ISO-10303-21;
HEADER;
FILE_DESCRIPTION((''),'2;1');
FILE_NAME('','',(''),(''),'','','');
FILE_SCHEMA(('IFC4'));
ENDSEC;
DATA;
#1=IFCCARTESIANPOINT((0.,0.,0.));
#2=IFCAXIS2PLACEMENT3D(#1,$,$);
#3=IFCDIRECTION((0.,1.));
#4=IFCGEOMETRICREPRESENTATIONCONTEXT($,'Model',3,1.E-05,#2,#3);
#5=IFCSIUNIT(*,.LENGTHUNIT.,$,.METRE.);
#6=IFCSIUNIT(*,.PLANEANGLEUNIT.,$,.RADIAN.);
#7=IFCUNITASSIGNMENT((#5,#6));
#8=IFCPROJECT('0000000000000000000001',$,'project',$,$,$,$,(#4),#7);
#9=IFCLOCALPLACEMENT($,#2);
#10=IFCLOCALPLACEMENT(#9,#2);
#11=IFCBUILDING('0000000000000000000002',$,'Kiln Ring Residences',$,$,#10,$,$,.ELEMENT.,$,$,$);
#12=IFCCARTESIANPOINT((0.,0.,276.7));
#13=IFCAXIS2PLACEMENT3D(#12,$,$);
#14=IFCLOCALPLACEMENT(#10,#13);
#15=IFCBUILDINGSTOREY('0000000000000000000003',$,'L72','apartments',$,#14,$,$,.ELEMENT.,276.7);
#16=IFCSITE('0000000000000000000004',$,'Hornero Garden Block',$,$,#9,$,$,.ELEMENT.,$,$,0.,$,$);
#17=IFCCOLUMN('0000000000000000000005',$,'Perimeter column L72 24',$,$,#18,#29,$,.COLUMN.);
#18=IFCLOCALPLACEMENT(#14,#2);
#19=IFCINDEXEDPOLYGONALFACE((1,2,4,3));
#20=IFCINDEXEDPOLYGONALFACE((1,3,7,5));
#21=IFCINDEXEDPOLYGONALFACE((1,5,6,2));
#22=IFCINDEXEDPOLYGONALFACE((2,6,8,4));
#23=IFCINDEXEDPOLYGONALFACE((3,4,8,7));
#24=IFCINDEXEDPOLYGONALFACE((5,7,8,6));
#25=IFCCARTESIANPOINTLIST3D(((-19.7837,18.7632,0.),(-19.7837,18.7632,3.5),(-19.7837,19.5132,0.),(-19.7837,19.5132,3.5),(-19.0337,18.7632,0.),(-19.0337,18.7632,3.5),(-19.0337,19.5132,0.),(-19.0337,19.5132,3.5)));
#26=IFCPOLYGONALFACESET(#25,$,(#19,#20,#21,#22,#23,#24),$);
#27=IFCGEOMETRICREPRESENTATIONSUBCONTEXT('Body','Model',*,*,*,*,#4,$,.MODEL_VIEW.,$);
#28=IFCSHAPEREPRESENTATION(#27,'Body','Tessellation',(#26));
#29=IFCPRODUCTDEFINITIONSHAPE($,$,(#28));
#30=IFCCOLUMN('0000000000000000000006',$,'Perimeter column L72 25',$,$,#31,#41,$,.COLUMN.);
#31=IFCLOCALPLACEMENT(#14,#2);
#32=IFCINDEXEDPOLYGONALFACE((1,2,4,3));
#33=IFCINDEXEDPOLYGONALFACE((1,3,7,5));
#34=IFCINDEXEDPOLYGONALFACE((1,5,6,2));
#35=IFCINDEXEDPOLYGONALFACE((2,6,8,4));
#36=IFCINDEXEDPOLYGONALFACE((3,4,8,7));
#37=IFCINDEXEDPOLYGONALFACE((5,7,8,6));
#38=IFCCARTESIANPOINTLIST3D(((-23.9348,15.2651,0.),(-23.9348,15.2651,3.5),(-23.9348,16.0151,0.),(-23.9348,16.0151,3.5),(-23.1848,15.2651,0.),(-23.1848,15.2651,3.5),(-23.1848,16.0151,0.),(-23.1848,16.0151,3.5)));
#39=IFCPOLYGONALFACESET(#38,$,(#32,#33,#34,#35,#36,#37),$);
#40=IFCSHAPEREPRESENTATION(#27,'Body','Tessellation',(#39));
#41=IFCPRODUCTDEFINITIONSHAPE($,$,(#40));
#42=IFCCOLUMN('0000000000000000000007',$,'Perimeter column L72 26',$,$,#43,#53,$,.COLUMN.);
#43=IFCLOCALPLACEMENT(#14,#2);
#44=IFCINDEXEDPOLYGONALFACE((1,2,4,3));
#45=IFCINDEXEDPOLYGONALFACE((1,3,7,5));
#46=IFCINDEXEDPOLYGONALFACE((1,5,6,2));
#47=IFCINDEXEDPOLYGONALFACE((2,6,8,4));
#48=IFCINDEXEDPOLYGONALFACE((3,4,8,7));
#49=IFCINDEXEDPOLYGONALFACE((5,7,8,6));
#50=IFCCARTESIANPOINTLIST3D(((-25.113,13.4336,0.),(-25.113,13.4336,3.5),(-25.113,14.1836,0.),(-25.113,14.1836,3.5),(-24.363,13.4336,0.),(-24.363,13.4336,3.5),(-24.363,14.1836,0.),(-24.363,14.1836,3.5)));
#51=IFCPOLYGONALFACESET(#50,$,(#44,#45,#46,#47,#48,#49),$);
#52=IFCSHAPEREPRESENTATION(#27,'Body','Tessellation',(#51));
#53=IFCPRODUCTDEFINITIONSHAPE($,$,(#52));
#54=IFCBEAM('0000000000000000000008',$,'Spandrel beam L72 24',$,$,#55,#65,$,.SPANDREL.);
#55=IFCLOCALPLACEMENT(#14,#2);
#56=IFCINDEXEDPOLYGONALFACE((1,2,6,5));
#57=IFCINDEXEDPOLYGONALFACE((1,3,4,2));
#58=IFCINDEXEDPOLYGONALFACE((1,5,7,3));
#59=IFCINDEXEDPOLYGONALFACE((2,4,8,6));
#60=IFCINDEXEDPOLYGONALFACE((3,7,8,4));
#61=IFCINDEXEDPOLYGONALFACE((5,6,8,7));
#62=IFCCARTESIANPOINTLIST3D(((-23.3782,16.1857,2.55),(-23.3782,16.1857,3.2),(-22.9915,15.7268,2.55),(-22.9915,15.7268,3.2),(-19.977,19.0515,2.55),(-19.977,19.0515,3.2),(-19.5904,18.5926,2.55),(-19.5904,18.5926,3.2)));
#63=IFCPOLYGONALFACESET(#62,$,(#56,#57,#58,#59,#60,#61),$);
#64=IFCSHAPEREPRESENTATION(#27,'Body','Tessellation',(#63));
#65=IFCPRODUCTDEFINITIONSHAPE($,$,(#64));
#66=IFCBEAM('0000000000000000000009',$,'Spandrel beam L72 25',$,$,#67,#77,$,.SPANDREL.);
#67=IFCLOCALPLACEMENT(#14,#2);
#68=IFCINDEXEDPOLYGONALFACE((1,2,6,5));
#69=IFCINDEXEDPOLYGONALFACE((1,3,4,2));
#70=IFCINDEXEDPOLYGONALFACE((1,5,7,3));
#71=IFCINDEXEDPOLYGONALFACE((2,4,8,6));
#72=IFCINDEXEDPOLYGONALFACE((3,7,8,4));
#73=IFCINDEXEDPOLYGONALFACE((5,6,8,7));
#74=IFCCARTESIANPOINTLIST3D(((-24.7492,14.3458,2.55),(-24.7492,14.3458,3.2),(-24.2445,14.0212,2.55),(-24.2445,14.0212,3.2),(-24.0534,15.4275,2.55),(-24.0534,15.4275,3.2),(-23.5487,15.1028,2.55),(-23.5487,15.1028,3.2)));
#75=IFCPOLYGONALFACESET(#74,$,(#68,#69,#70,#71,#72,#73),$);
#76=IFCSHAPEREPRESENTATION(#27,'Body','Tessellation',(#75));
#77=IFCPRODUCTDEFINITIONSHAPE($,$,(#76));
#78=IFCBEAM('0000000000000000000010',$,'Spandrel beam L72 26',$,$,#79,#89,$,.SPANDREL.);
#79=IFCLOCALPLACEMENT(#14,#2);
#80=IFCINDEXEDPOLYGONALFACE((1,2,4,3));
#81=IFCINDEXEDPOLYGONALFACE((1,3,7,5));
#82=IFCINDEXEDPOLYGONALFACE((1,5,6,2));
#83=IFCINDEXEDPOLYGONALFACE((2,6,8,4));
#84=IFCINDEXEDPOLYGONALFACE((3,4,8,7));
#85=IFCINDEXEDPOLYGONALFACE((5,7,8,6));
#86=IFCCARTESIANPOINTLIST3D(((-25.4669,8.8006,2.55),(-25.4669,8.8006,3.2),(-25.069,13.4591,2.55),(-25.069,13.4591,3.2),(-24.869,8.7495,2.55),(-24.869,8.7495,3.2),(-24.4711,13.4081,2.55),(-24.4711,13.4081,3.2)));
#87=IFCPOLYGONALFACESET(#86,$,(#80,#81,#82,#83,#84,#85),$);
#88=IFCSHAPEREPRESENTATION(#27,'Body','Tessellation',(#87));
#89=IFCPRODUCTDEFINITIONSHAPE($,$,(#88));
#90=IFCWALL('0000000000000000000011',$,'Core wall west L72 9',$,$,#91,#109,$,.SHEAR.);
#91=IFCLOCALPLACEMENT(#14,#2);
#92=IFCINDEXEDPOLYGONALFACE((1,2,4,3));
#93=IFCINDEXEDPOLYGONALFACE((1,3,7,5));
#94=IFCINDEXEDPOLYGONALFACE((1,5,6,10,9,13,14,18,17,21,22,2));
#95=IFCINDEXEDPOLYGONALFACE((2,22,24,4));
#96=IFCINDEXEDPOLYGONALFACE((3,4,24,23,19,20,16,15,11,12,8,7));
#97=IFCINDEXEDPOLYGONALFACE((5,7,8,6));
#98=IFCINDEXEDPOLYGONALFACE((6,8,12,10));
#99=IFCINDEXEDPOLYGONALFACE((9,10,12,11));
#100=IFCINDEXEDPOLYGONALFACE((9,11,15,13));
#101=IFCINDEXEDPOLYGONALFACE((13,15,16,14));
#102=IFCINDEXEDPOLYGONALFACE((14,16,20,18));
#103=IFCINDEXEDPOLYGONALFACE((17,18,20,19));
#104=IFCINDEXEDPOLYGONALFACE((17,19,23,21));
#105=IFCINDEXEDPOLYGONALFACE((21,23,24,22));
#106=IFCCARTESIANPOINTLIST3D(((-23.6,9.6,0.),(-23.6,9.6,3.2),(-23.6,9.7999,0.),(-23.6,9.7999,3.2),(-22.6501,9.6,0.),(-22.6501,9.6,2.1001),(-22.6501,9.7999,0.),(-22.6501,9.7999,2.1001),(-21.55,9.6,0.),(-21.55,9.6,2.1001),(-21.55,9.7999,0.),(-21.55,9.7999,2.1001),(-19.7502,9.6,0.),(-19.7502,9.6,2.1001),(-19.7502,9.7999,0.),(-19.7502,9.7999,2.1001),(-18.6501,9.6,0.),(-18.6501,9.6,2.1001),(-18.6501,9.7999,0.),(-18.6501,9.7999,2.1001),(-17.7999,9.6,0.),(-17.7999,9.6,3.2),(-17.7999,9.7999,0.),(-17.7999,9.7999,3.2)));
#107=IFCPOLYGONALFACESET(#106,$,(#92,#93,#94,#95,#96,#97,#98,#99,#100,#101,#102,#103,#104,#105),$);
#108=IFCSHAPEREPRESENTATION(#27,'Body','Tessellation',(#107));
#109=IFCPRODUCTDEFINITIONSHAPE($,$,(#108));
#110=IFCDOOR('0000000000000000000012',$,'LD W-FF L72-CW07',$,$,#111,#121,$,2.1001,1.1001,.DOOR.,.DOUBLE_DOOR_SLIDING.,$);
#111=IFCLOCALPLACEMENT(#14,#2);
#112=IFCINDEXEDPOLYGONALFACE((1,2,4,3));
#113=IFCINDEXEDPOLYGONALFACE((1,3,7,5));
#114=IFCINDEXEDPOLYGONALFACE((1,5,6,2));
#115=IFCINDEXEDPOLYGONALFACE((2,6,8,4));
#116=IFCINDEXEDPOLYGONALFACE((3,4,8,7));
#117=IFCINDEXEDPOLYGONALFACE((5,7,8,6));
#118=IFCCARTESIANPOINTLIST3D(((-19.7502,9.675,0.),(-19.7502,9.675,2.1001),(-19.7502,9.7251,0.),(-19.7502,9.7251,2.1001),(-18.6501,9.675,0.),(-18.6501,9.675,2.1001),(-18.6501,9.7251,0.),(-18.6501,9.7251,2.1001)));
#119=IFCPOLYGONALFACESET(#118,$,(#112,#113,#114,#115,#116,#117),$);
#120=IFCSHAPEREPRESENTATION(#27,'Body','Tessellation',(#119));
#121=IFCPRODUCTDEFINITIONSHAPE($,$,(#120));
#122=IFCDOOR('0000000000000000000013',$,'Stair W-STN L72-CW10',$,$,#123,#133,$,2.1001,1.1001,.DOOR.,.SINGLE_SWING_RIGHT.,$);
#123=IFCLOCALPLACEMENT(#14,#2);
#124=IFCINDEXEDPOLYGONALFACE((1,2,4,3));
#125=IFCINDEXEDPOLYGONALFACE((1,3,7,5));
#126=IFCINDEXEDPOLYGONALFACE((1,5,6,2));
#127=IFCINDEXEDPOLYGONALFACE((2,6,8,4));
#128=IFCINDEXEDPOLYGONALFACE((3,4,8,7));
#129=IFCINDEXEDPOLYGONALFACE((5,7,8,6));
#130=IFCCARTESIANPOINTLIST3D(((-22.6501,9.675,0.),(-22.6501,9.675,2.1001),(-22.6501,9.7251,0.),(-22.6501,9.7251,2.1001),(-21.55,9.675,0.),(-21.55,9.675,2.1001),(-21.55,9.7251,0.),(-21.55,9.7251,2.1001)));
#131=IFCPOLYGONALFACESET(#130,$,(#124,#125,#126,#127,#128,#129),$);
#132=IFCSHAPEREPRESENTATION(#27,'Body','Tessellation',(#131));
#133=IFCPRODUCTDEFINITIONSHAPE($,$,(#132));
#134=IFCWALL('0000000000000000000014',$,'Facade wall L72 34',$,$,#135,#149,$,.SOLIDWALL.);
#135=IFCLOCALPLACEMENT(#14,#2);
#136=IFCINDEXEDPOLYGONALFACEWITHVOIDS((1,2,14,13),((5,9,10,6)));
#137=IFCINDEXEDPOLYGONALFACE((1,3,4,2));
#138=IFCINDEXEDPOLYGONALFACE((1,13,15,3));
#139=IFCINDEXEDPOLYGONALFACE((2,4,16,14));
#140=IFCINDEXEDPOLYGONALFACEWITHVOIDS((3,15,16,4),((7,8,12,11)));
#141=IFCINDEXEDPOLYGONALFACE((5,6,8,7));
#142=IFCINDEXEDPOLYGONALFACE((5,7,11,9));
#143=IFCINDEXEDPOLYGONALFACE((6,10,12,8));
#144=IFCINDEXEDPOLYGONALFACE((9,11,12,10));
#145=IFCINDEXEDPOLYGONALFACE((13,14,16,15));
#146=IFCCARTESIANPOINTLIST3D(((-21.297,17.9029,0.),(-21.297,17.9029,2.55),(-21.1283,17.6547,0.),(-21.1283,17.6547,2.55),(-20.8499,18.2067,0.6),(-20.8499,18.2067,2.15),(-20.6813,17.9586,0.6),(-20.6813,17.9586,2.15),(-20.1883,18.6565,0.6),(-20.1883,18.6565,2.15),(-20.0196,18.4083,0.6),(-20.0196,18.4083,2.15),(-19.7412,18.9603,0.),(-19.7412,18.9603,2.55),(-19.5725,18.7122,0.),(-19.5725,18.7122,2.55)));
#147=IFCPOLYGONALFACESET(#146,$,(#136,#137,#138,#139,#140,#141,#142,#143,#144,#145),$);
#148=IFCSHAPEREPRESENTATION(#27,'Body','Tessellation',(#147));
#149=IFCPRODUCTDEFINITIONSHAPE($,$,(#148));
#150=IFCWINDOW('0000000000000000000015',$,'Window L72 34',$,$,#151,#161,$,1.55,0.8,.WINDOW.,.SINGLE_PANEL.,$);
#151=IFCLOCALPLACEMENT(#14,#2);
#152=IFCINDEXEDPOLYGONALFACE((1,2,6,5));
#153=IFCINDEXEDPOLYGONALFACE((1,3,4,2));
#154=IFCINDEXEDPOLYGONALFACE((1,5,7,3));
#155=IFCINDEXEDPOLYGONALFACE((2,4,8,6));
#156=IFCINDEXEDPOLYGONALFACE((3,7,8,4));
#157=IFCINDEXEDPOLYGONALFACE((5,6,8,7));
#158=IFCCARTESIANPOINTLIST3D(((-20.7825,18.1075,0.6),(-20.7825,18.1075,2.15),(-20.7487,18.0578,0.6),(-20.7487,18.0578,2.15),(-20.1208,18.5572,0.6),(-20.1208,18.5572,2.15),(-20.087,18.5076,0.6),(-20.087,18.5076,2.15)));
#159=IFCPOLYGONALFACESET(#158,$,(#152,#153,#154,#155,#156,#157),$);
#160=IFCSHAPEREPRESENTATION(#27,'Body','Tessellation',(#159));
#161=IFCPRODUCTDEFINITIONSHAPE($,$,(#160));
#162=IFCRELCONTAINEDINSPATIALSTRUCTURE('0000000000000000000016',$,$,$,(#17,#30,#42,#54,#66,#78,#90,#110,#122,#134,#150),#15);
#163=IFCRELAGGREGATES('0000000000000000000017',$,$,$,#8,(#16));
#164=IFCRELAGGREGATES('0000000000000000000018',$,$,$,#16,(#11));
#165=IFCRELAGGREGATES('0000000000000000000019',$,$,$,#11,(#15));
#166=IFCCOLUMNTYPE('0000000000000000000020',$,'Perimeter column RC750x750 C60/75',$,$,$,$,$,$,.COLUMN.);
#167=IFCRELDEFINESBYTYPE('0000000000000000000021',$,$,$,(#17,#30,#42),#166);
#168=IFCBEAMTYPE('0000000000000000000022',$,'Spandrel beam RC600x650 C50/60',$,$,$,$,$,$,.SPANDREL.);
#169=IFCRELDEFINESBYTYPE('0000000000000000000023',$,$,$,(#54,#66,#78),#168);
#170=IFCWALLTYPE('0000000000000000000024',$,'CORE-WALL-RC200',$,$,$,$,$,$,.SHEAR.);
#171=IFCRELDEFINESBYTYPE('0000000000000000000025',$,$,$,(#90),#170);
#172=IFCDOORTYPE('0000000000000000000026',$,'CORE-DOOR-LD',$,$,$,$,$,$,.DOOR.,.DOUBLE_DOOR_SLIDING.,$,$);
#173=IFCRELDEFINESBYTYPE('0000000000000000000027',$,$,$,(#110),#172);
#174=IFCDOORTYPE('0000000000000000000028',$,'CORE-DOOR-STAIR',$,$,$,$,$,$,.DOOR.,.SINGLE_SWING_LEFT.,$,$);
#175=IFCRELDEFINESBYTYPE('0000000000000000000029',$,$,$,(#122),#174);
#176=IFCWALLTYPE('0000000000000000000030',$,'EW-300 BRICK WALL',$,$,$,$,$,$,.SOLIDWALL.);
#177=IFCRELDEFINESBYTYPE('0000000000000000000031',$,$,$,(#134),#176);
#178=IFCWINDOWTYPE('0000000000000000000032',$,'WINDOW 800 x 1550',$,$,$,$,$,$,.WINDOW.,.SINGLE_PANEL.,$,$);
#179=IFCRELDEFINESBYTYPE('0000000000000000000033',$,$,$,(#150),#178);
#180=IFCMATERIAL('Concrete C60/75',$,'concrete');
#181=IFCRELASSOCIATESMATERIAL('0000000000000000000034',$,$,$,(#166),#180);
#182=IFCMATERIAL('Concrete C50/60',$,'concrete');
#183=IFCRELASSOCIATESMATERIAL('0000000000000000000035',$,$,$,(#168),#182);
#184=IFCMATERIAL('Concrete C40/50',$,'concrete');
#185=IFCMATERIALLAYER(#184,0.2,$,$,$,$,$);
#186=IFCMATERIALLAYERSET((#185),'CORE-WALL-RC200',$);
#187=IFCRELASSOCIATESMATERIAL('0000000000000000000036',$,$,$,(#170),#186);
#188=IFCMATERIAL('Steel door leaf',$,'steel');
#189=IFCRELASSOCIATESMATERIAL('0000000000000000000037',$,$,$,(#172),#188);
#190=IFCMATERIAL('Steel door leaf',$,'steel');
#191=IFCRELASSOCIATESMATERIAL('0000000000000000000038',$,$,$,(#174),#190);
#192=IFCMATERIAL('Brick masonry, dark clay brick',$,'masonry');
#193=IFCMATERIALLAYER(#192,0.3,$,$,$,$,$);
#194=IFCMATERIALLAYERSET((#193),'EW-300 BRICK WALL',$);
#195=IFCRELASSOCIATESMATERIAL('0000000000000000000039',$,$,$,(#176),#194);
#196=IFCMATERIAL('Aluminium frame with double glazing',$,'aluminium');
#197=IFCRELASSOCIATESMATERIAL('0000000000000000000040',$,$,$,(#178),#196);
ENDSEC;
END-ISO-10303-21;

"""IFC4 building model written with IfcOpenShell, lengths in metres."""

from ifc_helpers import new_model, si_unit, direction, frame, frame_2d, origin, origin_2d, place, context, subcontext, project, spatial, rectangle, extrude, material, layer, layer_set, material_profile, profile_set, type_object, element, fill, save


model = new_model("IFC4")

# Units and contexts
model_context = context("Model", 3, precision=1e-05, world=origin(), true_north=direction((0.0, 1.0)))
body_context = subcontext(model_context, "Body", "Model", "MODEL_VIEW")
ifc_project = project(units=[si_unit("LENGTHUNIT", "METRE"), si_unit("PLANEANGLEUNIT", "RADIAN")], contexts=[model_context])

# Site, building, storey
site_placement = place(None, origin())
site = spatial("IfcSite", under=ifc_project, at=site_placement, Name="Hornero Garden Block", CompositionType="ELEMENT", RefElevation=0.0)
building_placement = place(site_placement, origin())
building = spatial("IfcBuilding", under=site, at=building_placement, Name="Kiln Ring Residences", CompositionType="ELEMENT")
storey_placement = place(building_placement, frame((0.0, 0.0, 276.7)))
storey = spatial("IfcBuildingStorey", under=building, at=storey_placement, Name="L72", Description="apartments", CompositionType="ELEMENT", Elevation=276.7)

# Columns
ifc_material_1 = material(Name="Concrete C60/75", Category="concrete")
ifc_material_profile_1 = material_profile(ifc_material_1, rectangle(XDim=0.75, YDim=0.75, at=origin_2d()), Name="RC750x750")
ifc_profile_set_1 = profile_set([ifc_material_profile_1], Name="Concrete C60/75")
column_type = type_object("IfcColumnType", Name="Perimeter column RC750x750 C60/75", PredefinedType="COLUMN", material=ifc_profile_set_1)
for number, where, z_axis, x_axis, name in (
    (1, (-19.4087, 19.1382, 0.0), (0.0, 0.0, 1.0), (1.0, 0.0, 0.0), "Perimeter column L72 24"),
    (2, (-23.5598, 15.6401, 0.0), (0.0, 0.0, 1.0), (1.0, 0.0, 0.0), "Perimeter column L72 25"),
    (3, (-24.738, 13.8086, 0.0), (0.0, 0.0, 1.0), (1.0, 0.0, 0.0), "Perimeter column L72 26"),
):
    element("IfcColumn", number, at=place(storey_placement, frame(where, z_axis=z_axis, x_axis=x_axis)), inside=storey, type_object=column_type, Name=name, PredefinedType="COLUMN", context=body_context, shape_type="SweptSolid", body=[
        extrude(rectangle(XDim=0.75, YDim=0.75, at=origin_2d()), origin(), (0.0, 0.0, 1.0), 3.5),
    ])

# Beams
ifc_material_2 = material(Name="Concrete C50/60", Category="concrete")
ifc_material_profile_2 = material_profile(ifc_material_2, rectangle(XDim=0.6001, YDim=0.6499, at=origin_2d()), Name="RC600x650")
ifc_profile_set_2 = profile_set([ifc_material_profile_2], Name="Concrete C50/60")
beam_type = type_object("IfcBeamType", Name="Spandrel beam RC600x650 C50/60", PredefinedType="SPANDREL", material=ifc_profile_set_2)
beam_1_placement = place(storey_placement, frame((-19.7837, 18.822, 2.875), z_axis=(-0.764732, -0.644349, 0.0), x_axis=(0.644349, -0.764732, 0.0)))
element("IfcBeam", 4, at=beam_1_placement, inside=storey, type_object=beam_type, Name="Spandrel beam L72 24", PredefinedType="SPANDREL", context=body_context, shape_type="SweptSolid", body=[
    extrude(rectangle(XDim=0.6001, YDim=0.6499, at=origin_2d()), origin(), (0.0, 0.0, 1.0), 4.4475),
])
beam_2_placement = place(storey_placement, frame((-23.801, 15.2651, 2.875), z_axis=(-0.541045, -0.840993, 0.0), x_axis=(0.840993, -0.541045, 0.0)))
element("IfcBeam", 5, at=beam_2_placement, inside=storey, type_object=beam_type, Name="Spandrel beam L72 25", PredefinedType="SPANDREL", context=body_context, shape_type="SweptSolid", body=[
    extrude(rectangle(XDim=0.6001, YDim=0.6499, at=origin_2d()), origin(), (0.0, 0.0, 1.0), 1.2861),
])
beam_3_placement = place(storey_placement, frame((-24.77, 13.4336, 2.875), z_axis=(-0.085111, -0.996371, 0.0), x_axis=(0.996371, -0.085111, 0.0)))
element("IfcBeam", 6, at=beam_3_placement, inside=storey, type_object=beam_type, Name="Spandrel beam L72 26", PredefinedType="SPANDREL", context=body_context, shape_type="SweptSolid", body=[
    extrude(rectangle(XDim=0.6001, YDim=0.6499, at=origin_2d()), origin(), (0.0, 0.0, 1.0), 4.6755),
])

# Wall, openings, doors
ifc_material_3 = material(Name="Concrete C40/50", Category="concrete")
ifc_layer_1 = layer(ifc_material_3, 0.2)
ifc_layer_set_1 = layer_set([ifc_layer_1], Name="CORE-WALL-RC200")
wall_type_1 = type_object("IfcWallType", Name="CORE-WALL-RC200", PredefinedType="SHEAR", material=ifc_layer_set_1)
wall_1_placement = place(storey_placement, frame((-17.8, 9.7, 0.0), z_axis=(0.0, 0.0, 1.0), x_axis=(-1.0, 0.0, 0.0)))
wall_1 = element("IfcWall", 7, at=wall_1_placement, inside=storey, type_object=wall_type_1, Name="Core wall west L72 9", PredefinedType="SHEAR", context=body_context, shape_type="SweptSolid", body=[
    extrude(rectangle(XDim=5.8, YDim=0.2, at=frame_2d((2.8999, 0.0))), origin(), (0.0, 0.0, 1.0), 3.2),
])
opening_1_placement = place(wall_1_placement, frame((0.8501, 0.0, 0.0)))
opening_1 = element("IfcOpeningElement", 8, at=opening_1_placement, cuts=wall_1, PredefinedType="OPENING", context=body_context, shape_type="SweptSolid", body=[
    extrude(rectangle(XDim=1.1001, YDim=2.1001, at=frame_2d((0.55, 1.05))), frame((0.0, 0.1099, 0.0), z_axis=(0.0, -1.0, 0.0), x_axis=(1.0, 0.0, 0.0)), (0.0, 0.0, 1.0), 0.22),
])
opening_2_placement = place(wall_1_placement, frame((3.75, 0.0, 0.0)))
opening_2 = element("IfcOpeningElement", 9, at=opening_2_placement, cuts=wall_1, PredefinedType="OPENING", context=body_context, shape_type="SweptSolid", body=[
    extrude(rectangle(XDim=1.1001, YDim=2.1001, at=frame_2d((0.55, 1.05))), frame((0.0, 0.1099, 0.0), z_axis=(0.0, -1.0, 0.0), x_axis=(1.0, 0.0, 0.0)), (0.0, 0.0, 1.0), 0.22),
])
ifc_material_4 = material(Name="Steel door leaf", Category="steel")
door_type_1 = type_object("IfcDoorType", Name="CORE-DOOR-LD", OperationType="DOUBLE_DOOR_SLIDING", PredefinedType="DOOR", material=ifc_material_4)
door_1_placement = place(opening_1_placement, origin())
door_1 = element("IfcDoor", 10, at=door_1_placement, inside=storey, type_object=door_type_1, Name="LD W-FF L72-CW07", OperationType="DOUBLE_DOOR_SLIDING", OverallHeight=2.1001, OverallWidth=1.1001, PredefinedType="DOOR", context=body_context, shape_type="SweptSolid", body=[
    extrude(rectangle(XDim=1.1001, YDim=2.1001, at=frame_2d((0.55, 1.05))), frame((0.0, 0.0249, 0.0), z_axis=(0.0, -1.0, 0.0), x_axis=(1.0, 0.0, 0.0)), (0.0, 0.0, 1.0), 0.05),
])
fill(opening_1, door_1)
ifc_material_5 = material(Name="Steel door leaf", Category="steel")
door_type_2 = type_object("IfcDoorType", Name="CORE-DOOR-STAIR", OperationType="SINGLE_SWING_LEFT", PredefinedType="DOOR", material=ifc_material_5)
door_2_placement = place(opening_2_placement, origin())
door_2 = element("IfcDoor", 11, at=door_2_placement, inside=storey, type_object=door_type_2, Name="Stair W-STN L72-CW10", OperationType="SINGLE_SWING_RIGHT", OverallHeight=2.1001, OverallWidth=1.1001, PredefinedType="DOOR", context=body_context, shape_type="SweptSolid", body=[
    extrude(rectangle(XDim=1.1001, YDim=2.1001, at=frame_2d((0.55, 1.05))), frame((0.0, 0.0249, 0.0), z_axis=(0.0, -1.0, 0.0), x_axis=(1.0, 0.0, 0.0)), (0.0, 0.0, 1.0), 0.05),
])
fill(opening_2, door_2)

# Wall, opening, window
ifc_material_6 = material(Name="Brick masonry, dark clay brick", Category="masonry")
ifc_layer_2 = layer(ifc_material_6, 0.3)
ifc_layer_set_2 = layer_set([ifc_layer_2], Name="EW-300 BRICK WALL")
wall_type_2 = type_object("IfcWallType", Name="EW-300 BRICK WALL", PredefinedType="SOLIDWALL", material=ifc_layer_set_2)
wall_2_placement = place(storey_placement, frame((-19.657, 18.8362, 0.0), z_axis=(0.0, 0.0, 1.0), x_axis=(-0.827045, -0.562136, 0.0)))
wall_2 = element("IfcWall", 12, at=wall_2_placement, inside=storey, type_object=wall_type_2, Name="Facade wall L72 34", PredefinedType="SOLIDWALL", context=body_context, shape_type="SweptSolid", body=[
    extrude(rectangle(XDim=1.8811, YDim=0.3, at=frame_2d((0.9404, 0.0))), origin(), (0.0, 0.0, 1.0), 2.55),
])
opening_3_placement = place(wall_2_placement, frame((0.5405, 0.0, 0.6001)))
opening_3 = element("IfcOpeningElement", 13, at=opening_3_placement, cuts=wall_2, PredefinedType="OPENING", context=body_context, shape_type="SweptSolid", body=[
    extrude(rectangle(XDim=0.8, YDim=1.55, at=frame_2d((0.3999, 0.7749))), frame((0.0, 0.1599, 0.0), z_axis=(0.0, -1.0, 0.0), x_axis=(1.0, 0.0, 0.0)), (0.0, 0.0, 1.0), 0.3201),
])
ifc_material_7 = material(Name="Aluminium frame with double glazing", Category="aluminium")
window_type_1 = type_object("IfcWindowType", Name="WINDOW 800 x 1550", PartitioningType="SINGLE_PANEL", PredefinedType="WINDOW", material=ifc_material_7)
window_1_placement = place(opening_3_placement, origin())
window_1 = element("IfcWindow", 14, at=window_1_placement, inside=storey, type_object=window_type_1, Name="Window L72 34", OverallHeight=1.55, OverallWidth=0.8, PartitioningType="SINGLE_PANEL", PredefinedType="WINDOW", context=body_context, shape_type="SweptSolid", body=[
    extrude(rectangle(XDim=0.8, YDim=1.55, at=frame_2d((0.3999, 0.7749))), frame((0.0, 0.03, 0.0), z_axis=(0.0, -1.0, 0.0), x_axis=(1.0, 0.0, 0.0)), (0.0, 0.0, 1.0), 0.0601),
])
fill(opening_3, window_1)

save(model, "model.ifc")
